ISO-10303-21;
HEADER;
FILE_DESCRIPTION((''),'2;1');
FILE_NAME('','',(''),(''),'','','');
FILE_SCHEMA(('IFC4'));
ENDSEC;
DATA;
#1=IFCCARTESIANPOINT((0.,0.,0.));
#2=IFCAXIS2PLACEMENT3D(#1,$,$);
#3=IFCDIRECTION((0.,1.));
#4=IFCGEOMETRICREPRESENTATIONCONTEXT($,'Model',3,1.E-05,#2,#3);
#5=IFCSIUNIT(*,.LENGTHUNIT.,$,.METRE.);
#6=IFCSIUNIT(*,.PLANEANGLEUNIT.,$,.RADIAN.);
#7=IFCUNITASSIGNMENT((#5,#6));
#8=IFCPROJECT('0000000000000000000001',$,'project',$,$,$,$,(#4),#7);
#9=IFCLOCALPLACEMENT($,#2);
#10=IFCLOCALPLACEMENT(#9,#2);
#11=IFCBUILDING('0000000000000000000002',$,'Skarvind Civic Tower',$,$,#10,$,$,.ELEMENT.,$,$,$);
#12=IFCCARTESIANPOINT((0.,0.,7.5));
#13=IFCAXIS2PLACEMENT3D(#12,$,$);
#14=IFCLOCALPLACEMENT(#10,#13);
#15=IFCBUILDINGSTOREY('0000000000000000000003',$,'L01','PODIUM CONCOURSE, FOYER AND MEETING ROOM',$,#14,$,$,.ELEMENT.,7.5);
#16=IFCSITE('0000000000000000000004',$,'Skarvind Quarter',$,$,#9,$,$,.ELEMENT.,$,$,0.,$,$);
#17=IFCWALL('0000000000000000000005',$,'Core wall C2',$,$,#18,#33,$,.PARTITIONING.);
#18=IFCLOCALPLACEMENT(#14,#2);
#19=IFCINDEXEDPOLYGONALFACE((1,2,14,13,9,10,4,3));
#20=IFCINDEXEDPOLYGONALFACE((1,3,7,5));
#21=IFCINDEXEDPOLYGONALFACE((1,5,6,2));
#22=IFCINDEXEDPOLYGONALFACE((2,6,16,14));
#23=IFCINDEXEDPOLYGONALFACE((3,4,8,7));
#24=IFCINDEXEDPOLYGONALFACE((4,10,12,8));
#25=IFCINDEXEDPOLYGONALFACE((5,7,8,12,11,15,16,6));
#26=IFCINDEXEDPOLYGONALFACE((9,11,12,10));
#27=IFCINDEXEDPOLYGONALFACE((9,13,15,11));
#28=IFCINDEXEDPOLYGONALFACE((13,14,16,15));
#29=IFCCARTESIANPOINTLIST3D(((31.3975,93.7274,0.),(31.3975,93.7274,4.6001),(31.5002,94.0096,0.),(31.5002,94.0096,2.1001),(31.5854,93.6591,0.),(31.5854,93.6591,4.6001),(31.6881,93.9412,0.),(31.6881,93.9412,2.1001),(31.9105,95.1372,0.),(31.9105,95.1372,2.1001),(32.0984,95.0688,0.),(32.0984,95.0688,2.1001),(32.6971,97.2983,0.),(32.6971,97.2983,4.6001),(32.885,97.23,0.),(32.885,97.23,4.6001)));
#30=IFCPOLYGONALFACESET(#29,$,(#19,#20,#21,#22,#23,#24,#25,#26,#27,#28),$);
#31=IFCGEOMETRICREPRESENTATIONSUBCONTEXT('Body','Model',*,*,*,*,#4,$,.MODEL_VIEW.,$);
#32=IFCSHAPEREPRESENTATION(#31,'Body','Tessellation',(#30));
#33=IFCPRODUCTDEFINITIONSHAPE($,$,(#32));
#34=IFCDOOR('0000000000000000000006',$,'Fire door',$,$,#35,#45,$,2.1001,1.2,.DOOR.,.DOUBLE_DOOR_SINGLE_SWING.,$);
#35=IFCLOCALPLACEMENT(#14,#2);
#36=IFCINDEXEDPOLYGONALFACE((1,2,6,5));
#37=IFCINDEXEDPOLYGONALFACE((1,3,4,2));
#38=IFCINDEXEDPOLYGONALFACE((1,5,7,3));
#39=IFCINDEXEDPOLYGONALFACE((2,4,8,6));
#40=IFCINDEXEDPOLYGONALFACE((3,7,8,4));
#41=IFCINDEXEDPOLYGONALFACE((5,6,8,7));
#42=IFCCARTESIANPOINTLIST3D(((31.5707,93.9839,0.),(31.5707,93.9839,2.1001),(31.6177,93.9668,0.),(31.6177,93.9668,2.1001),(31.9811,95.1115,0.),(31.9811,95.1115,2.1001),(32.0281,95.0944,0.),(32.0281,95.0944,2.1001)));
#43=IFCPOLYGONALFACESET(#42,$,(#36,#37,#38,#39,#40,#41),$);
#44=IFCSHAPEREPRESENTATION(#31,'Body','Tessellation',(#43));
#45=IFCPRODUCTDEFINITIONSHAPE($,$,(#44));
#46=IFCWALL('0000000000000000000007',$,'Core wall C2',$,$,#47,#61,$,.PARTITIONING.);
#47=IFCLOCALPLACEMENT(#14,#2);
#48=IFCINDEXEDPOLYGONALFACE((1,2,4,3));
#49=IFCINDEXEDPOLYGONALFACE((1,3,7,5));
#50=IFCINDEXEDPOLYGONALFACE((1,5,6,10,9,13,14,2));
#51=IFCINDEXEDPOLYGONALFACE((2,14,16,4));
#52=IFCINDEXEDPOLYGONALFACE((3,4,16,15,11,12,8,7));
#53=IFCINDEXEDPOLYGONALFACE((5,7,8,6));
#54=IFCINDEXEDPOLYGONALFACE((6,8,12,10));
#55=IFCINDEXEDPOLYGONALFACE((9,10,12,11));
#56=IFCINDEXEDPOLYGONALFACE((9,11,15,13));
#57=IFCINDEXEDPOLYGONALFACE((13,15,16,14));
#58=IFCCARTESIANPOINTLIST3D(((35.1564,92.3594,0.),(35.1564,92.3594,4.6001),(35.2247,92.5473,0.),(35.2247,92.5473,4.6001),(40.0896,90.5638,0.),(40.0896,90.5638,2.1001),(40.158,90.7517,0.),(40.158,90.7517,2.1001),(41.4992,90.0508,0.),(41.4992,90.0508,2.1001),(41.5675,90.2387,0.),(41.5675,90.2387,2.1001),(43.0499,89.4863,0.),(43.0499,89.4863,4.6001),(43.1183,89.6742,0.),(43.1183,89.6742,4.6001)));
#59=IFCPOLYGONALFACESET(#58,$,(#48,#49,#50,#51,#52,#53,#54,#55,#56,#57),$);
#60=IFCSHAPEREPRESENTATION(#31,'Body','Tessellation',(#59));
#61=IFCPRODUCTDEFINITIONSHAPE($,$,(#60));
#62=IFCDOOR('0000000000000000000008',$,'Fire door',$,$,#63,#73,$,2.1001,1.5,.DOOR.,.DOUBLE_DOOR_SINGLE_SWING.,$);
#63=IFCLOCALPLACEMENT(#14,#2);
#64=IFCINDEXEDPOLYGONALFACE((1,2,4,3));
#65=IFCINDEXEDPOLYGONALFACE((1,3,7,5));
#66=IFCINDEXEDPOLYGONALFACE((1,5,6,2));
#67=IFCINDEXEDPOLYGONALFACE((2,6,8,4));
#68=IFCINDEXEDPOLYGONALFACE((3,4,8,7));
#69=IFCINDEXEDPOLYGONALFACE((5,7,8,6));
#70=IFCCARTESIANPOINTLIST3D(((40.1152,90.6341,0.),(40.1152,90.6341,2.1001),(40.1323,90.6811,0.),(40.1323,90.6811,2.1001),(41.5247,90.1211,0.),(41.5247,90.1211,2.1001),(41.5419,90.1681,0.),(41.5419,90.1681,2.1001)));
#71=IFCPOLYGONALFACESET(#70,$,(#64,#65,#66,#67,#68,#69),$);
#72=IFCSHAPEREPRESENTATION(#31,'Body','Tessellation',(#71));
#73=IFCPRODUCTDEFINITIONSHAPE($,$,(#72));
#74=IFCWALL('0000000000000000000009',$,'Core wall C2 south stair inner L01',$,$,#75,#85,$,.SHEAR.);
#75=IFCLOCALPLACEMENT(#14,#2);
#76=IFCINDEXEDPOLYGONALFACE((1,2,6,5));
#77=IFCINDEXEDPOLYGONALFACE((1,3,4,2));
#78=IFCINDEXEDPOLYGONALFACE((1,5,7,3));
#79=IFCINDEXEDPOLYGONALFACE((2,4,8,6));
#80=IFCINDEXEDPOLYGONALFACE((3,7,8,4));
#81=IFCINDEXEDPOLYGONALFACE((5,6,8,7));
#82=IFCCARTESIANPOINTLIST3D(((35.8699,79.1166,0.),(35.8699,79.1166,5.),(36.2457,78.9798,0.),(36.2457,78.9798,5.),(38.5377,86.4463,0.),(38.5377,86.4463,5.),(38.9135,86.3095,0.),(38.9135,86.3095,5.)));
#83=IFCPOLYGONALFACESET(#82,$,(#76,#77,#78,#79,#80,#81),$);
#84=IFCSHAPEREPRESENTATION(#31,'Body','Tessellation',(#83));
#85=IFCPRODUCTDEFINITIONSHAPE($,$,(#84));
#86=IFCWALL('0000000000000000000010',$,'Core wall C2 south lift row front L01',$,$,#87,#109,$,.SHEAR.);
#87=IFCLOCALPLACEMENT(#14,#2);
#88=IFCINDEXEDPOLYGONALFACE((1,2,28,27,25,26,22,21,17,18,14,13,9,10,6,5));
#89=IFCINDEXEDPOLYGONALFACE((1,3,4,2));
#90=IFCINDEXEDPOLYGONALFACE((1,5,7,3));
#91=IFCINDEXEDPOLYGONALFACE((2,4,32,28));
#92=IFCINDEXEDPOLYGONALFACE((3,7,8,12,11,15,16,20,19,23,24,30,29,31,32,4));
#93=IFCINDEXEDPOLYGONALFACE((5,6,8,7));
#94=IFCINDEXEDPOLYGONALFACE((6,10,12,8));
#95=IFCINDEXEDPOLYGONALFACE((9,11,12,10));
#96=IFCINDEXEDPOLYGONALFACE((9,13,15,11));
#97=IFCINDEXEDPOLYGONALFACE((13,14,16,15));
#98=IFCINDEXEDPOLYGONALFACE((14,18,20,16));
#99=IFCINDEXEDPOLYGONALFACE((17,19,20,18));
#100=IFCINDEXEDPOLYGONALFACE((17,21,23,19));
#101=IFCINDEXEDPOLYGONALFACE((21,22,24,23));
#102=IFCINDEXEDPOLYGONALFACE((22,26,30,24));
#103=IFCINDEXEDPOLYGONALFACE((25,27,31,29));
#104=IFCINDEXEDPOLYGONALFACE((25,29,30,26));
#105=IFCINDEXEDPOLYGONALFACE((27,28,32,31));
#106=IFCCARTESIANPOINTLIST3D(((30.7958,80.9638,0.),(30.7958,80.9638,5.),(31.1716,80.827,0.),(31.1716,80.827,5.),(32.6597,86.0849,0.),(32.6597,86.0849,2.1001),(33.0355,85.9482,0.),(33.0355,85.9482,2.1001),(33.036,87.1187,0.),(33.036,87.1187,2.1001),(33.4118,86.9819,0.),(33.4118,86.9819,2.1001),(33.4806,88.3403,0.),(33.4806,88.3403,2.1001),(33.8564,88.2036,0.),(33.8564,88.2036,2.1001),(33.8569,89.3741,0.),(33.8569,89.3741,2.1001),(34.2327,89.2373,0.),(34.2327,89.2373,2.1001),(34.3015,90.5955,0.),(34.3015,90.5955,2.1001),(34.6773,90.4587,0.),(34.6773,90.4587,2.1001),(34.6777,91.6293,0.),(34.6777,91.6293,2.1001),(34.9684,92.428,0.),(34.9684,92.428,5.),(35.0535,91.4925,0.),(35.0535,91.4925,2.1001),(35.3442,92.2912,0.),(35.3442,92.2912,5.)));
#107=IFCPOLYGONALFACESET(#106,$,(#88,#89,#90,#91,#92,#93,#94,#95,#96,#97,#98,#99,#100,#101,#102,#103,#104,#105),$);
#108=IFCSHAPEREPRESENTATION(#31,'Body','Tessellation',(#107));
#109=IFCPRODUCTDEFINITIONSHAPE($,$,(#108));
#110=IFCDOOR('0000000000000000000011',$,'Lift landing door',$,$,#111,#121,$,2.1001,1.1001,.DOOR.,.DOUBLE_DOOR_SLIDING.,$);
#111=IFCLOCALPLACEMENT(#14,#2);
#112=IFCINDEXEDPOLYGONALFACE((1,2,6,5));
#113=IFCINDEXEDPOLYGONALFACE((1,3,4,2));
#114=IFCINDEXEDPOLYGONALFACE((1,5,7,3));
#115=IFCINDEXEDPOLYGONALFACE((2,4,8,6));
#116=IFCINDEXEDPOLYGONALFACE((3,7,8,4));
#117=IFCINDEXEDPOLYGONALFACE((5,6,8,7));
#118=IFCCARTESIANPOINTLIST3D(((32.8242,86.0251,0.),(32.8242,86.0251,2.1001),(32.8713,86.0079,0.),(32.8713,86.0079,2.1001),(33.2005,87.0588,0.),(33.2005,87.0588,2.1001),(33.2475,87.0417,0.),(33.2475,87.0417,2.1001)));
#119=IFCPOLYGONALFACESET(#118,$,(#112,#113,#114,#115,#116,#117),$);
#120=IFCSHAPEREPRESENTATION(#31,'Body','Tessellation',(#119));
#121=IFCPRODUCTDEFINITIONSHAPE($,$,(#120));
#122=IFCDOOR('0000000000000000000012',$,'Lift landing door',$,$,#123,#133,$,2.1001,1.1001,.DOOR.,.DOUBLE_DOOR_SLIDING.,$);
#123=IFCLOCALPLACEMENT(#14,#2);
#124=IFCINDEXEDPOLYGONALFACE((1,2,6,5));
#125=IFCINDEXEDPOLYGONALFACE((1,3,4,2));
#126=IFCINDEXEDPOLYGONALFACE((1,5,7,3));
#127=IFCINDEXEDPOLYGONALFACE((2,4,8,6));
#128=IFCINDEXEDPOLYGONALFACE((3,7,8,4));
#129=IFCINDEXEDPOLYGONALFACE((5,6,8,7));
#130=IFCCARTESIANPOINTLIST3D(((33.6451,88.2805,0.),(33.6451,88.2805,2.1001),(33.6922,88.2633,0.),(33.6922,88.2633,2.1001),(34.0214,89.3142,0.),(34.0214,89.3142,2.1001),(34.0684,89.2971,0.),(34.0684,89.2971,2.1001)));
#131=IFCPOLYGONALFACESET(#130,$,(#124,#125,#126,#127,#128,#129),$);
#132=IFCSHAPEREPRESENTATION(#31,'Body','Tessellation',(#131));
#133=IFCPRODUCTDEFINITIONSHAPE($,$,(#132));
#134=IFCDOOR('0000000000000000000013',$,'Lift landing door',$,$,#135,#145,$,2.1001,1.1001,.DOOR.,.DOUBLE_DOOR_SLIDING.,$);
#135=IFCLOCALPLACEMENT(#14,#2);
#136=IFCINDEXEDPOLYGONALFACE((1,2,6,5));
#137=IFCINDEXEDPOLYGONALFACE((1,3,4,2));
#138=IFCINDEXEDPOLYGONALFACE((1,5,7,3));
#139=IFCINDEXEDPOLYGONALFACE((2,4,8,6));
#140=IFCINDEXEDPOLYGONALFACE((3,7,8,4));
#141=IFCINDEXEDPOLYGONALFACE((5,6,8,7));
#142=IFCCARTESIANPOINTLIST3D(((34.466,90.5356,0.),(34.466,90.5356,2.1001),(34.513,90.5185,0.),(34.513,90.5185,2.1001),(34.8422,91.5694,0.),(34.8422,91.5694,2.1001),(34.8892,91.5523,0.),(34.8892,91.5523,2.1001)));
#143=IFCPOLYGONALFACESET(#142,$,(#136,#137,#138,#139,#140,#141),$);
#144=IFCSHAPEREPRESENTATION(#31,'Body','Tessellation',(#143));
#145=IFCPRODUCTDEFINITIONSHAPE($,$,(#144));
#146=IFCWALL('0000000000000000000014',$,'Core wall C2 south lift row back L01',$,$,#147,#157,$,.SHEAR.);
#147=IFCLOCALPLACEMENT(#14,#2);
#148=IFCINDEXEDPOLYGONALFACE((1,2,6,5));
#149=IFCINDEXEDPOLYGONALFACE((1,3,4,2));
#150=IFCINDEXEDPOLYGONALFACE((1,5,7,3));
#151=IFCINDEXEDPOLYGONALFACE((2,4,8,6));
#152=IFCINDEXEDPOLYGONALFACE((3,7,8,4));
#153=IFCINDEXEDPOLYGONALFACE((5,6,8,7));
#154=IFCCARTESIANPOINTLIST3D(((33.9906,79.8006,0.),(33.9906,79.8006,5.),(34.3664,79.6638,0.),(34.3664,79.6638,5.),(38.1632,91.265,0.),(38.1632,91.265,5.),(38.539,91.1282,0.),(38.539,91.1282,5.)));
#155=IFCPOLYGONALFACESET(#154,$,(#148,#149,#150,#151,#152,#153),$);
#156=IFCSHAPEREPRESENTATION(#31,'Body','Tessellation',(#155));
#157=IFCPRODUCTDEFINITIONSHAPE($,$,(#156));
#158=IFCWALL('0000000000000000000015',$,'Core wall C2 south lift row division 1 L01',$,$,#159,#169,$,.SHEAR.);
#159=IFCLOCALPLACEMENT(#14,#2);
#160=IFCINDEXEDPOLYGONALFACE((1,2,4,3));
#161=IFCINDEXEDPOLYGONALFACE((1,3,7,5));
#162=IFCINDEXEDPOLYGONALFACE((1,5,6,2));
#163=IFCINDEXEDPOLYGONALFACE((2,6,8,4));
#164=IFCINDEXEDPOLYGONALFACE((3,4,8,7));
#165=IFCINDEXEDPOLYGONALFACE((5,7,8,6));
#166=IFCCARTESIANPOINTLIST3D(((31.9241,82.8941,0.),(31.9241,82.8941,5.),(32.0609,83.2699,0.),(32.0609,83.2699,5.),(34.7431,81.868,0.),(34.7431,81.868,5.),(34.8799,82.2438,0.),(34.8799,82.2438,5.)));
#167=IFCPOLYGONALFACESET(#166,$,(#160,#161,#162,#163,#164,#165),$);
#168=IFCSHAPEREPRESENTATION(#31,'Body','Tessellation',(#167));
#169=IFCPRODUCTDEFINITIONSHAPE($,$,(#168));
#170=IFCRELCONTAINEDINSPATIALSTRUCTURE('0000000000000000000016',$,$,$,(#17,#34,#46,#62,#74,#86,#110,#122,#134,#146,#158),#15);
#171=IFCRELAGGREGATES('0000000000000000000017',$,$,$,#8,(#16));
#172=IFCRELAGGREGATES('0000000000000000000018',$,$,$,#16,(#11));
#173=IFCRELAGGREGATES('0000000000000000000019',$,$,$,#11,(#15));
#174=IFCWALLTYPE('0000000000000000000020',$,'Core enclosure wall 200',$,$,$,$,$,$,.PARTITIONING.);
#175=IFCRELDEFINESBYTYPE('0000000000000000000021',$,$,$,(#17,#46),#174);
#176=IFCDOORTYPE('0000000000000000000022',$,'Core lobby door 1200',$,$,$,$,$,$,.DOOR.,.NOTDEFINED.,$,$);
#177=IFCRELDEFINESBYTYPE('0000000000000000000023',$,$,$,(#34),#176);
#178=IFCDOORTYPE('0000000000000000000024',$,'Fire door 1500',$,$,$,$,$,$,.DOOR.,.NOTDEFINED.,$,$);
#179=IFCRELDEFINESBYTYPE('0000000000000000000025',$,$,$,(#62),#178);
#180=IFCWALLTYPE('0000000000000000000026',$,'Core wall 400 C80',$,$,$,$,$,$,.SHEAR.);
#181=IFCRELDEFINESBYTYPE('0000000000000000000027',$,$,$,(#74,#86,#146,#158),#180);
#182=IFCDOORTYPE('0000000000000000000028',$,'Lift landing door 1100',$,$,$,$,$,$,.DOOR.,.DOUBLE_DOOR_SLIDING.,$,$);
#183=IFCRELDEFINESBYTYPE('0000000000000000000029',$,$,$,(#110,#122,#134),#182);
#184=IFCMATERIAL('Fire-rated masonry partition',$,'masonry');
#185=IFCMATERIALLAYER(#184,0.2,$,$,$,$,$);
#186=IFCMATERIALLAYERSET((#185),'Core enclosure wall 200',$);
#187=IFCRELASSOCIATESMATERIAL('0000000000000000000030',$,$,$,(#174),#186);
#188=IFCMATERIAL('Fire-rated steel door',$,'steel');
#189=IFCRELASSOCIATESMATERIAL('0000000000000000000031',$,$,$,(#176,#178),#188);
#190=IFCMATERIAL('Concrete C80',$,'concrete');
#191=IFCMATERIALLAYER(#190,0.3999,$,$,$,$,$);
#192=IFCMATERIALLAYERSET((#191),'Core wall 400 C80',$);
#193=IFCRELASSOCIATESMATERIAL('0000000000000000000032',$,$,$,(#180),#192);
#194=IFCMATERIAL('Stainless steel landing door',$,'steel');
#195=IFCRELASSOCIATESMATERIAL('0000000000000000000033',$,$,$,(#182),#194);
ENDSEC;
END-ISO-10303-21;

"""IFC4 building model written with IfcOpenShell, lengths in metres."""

from ifc_helpers import new_model, si_unit, direction, frame, frame_2d, origin, place, context, subcontext, project, spatial, rectangle, extrude, material, layer, layer_set, type_object, element, fill, save


model = new_model("IFC4")

# Units and contexts
model_context = context("Model", 3, precision=1e-05, world=origin(), true_north=direction((0.0, 1.0)))
body_context = subcontext(model_context, "Body", "Model", "MODEL_VIEW")
ifc_project = project(units=[si_unit("LENGTHUNIT", "METRE"), si_unit("PLANEANGLEUNIT", "RADIAN")], contexts=[model_context])

# Site, building, storey
site_placement = place(None, origin())
site = spatial("IfcSite", under=ifc_project, at=site_placement, Name="Skarvind Quarter", CompositionType="ELEMENT", RefElevation=0.0)
building_placement = place(site_placement, origin())
building = spatial("IfcBuilding", under=site, at=building_placement, Name="Skarvind Civic Tower", CompositionType="ELEMENT")
storey_placement = place(building_placement, frame((0.0, 0.0, 7.5)))
storey = spatial("IfcBuildingStorey", under=building, at=storey_placement, Name="L01", Description="PODIUM CONCOURSE, FOYER AND MEETING ROOM", CompositionType="ELEMENT", Elevation=7.5)

# Walls, openings, doors
ifc_material_1 = material(Name="Fire-rated masonry partition", Category="masonry")
ifc_layer_1 = layer(ifc_material_1, 0.2)
ifc_layer_set_1 = layer_set([ifc_layer_1], Name="Core enclosure wall 200")
wall_type_1 = type_object("IfcWallType", Name="Core enclosure wall 200", PredefinedType="PARTITIONING", material=ifc_layer_set_1)
wall_1_placement = place(storey_placement, frame((31.4915, 93.6934, 0.0), z_axis=(0.0, 0.0, 1.0), x_axis=(0.341996, 0.939701, 0.0)))
wall_1 = element("IfcWall", 1, at=wall_1_placement, inside=storey, type_object=wall_type_1, Name="Core wall C2", PredefinedType="PARTITIONING", context=body_context, shape_type="SweptSolid", body=[
    extrude(rectangle(XDim=3.8, YDim=0.2, at=frame_2d((1.8999, 0.0))), origin(), (0.0, 0.0, 1.0), 4.6001),
])
opening_1_placement = place(wall_1_placement, frame((0.3, 0.0, 0.0)))
opening_1 = element("IfcOpeningElement", 2, at=opening_1_placement, cuts=wall_1, PredefinedType="OPENING", context=body_context, shape_type="SweptSolid", body=[
    extrude(rectangle(XDim=1.2, YDim=2.1001, at=frame_2d((0.6001, 1.05))), frame((0.0, 0.1099, 0.0), z_axis=(0.0, -1.0, 0.0), x_axis=(1.0, 0.0, 0.0)), (0.0, 0.0, 1.0), 0.22),
])
ifc_material_2 = material(Name="Fire-rated steel door", Category="steel")
door_type_1 = type_object("IfcDoorType", Name="Core lobby door 1200", OperationType="NOTDEFINED", PredefinedType="DOOR", material=ifc_material_2)
door_1_placement = place(opening_1_placement, origin())
door_1 = element("IfcDoor", 3, at=door_1_placement, inside=storey, type_object=door_type_1, Name="Fire door", OperationType="DOUBLE_DOOR_SINGLE_SWING", OverallHeight=2.1001, OverallWidth=1.2, PredefinedType="DOOR", context=body_context, shape_type="SweptSolid", body=[
    extrude(rectangle(XDim=1.2, YDim=2.1001, at=frame_2d((0.6001, 1.05))), frame((0.0, 0.0249, 0.0), z_axis=(0.0, -1.0, 0.0), x_axis=(1.0, 0.0, 0.0)), (0.0, 0.0, 1.0), 0.05),
])
fill(opening_1, door_1)
wall_2_placement = place(storey_placement, frame((35.1904, 92.4534, 0.0), z_axis=(0.0, 0.0, 1.0), x_axis=(0.939692, -0.342023, 0.0)))
wall_2 = element("IfcWall", 4, at=wall_2_placement, inside=storey, type_object=wall_type_1, Name="Core wall C2", PredefinedType="PARTITIONING", context=body_context, shape_type="SweptSolid", body=[
    extrude(rectangle(XDim=8.4001, YDim=0.2, at=frame_2d((4.2002, 0.0))), origin(), (0.0, 0.0, 1.0), 4.6001),
])
opening_2_placement = place(wall_2_placement, frame((5.25, 0.0, 0.0)))
opening_2 = element("IfcOpeningElement", 5, at=opening_2_placement, cuts=wall_2, PredefinedType="OPENING", context=body_context, shape_type="SweptSolid", body=[
    extrude(rectangle(XDim=1.5, YDim=2.1001, at=frame_2d((0.75, 1.05))), frame((0.0, 0.1099, 0.0), z_axis=(0.0, -1.0, 0.0), x_axis=(1.0, 0.0, 0.0)), (0.0, 0.0, 1.0), 0.22),
])
door_type_2 = type_object("IfcDoorType", Name="Fire door 1500", OperationType="NOTDEFINED", PredefinedType="DOOR", material=ifc_material_2)
door_2_placement = place(opening_2_placement, origin())
door_2 = element("IfcDoor", 6, at=door_2_placement, inside=storey, type_object=door_type_2, Name="Fire door", OperationType="DOUBLE_DOOR_SINGLE_SWING", OverallHeight=2.1001, OverallWidth=1.5, PredefinedType="DOOR", context=body_context, shape_type="SweptSolid", body=[
    extrude(rectangle(XDim=1.5, YDim=2.1001, at=frame_2d((0.75, 1.05))), frame((0.0, 0.0249, 0.0), z_axis=(0.0, -1.0, 0.0), x_axis=(1.0, 0.0, 0.0)), (0.0, 0.0, 1.0), 0.05),
])
fill(opening_2, door_2)

# Wall
ifc_material_3 = material(Name="Concrete C80", Category="concrete")
ifc_layer_2 = layer(ifc_material_3, 0.3999)
ifc_layer_set_2 = layer_set([ifc_layer_2], Name="Core wall 400 C80")
wall_type_2 = type_object("IfcWallType", Name="Core wall 400 C80", PredefinedType="SHEAR", material=ifc_layer_set_2)
wall_3_placement = place(storey_placement, frame((36.0579, 79.0483, 0.0), z_axis=(0.0, 0.0, 1.0), x_axis=(0.342017, 0.939694, 0.0)))
element("IfcWall", 7, at=wall_3_placement, inside=storey, type_object=wall_type_2, Name="Core wall C2 south stair inner L01", PredefinedType="SHEAR", context=body_context, shape_type="SweptSolid", body=[
    extrude(rectangle(XDim=7.8, YDim=0.3999, at=frame_2d((3.8999, 0.0))), origin(), (0.0, 0.0, 1.0), 5.0),
])

# Wall, openings, doors
wall_4_placement = place(storey_placement, frame((30.9836, 80.8953, 0.0), z_axis=(0.0, 0.0, 1.0), x_axis=(0.342021, 0.939692, 0.0)))
wall_4 = element("IfcWall", 8, at=wall_4_placement, inside=storey, type_object=wall_type_2, Name="Core wall C2 south lift row front L01", PredefinedType="SHEAR", context=body_context, shape_type="SweptSolid", body=[
    extrude(rectangle(XDim=12.2, YDim=0.3999, at=frame_2d((6.1001, 0.0))), origin(), (0.0, 0.0, 1.0), 5.0),
])
opening_3_placement = place(wall_4_placement, frame((5.45, 0.0, 0.0)))
opening_3 = element("IfcOpeningElement", 9, at=opening_3_placement, cuts=wall_4, PredefinedType="OPENING", context=body_context, shape_type="SweptSolid", body=[
    extrude(rectangle(XDim=1.1001, YDim=2.1001, at=frame_2d((0.55, 1.05))), frame((0.0, 0.21, 0.0), z_axis=(0.0, -1.0, 0.0), x_axis=(1.0, 0.0, 0.0)), (0.0, 0.0, 1.0), 0.4199),
])
opening_4_placement = place(wall_4_placement, frame((7.8501, 0.0, 0.0)))
opening_4 = element("IfcOpeningElement", 10, at=opening_4_placement, cuts=wall_4, PredefinedType="OPENING", context=body_context, shape_type="SweptSolid", body=[
    extrude(rectangle(XDim=1.1001, YDim=2.1001, at=frame_2d((0.55, 1.05))), frame((0.0, 0.21, 0.0), z_axis=(0.0, -1.0, 0.0), x_axis=(1.0, 0.0, 0.0)), (0.0, 0.0, 1.0), 0.4199),
])
opening_5_placement = place(wall_4_placement, frame((10.25, 0.0, 0.0)))
opening_5 = element("IfcOpeningElement", 11, at=opening_5_placement, cuts=wall_4, PredefinedType="OPENING", context=body_context, shape_type="SweptSolid", body=[
    extrude(rectangle(XDim=1.1001, YDim=2.1001, at=frame_2d((0.55, 1.05))), frame((0.0, 0.21, 0.0), z_axis=(0.0, -1.0, 0.0), x_axis=(1.0, 0.0, 0.0)), (0.0, 0.0, 1.0), 0.4199),
])
ifc_material_4 = material(Name="Stainless steel landing door", Category="steel")
door_type_3 = type_object("IfcDoorType", Name="Lift landing door 1100", OperationType="DOUBLE_DOOR_SLIDING", PredefinedType="DOOR", material=ifc_material_4)
door_3_placement = place(opening_3_placement, origin())
door_3 = element("IfcDoor", 12, at=door_3_placement, inside=storey, type_object=door_type_3, Name="Lift landing door", OperationType="DOUBLE_DOOR_SLIDING", OverallHeight=2.1001, OverallWidth=1.1001, PredefinedType="DOOR", context=body_context, shape_type="SweptSolid", body=[
    extrude(rectangle(XDim=1.1001, YDim=2.1001, at=frame_2d((0.55, 1.05))), frame((0.0, 0.0249, 0.0), z_axis=(0.0, -1.0, 0.0), x_axis=(1.0, 0.0, 0.0)), (0.0, 0.0, 1.0), 0.05),
])
fill(opening_3, door_3)
door_4_placement = place(opening_4_placement, origin())
door_4 = element("IfcDoor", 13, at=door_4_placement, inside=storey, type_object=door_type_3, Name="Lift landing door", OperationType="DOUBLE_DOOR_SLIDING", OverallHeight=2.1001, OverallWidth=1.1001, PredefinedType="DOOR", context=body_context, shape_type="SweptSolid", body=[
    extrude(rectangle(XDim=1.1001, YDim=2.1001, at=frame_2d((0.55, 1.05))), frame((0.0, 0.0249, 0.0), z_axis=(0.0, -1.0, 0.0), x_axis=(1.0, 0.0, 0.0)), (0.0, 0.0, 1.0), 0.05),
])
fill(opening_4, door_4)
door_5_placement = place(opening_5_placement, origin())
door_5 = element("IfcDoor", 14, at=door_5_placement, inside=storey, type_object=door_type_3, Name="Lift landing door", OperationType="DOUBLE_DOOR_SLIDING", OverallHeight=2.1001, OverallWidth=1.1001, PredefinedType="DOOR", context=body_context, shape_type="SweptSolid", body=[
    extrude(rectangle(XDim=1.1001, YDim=2.1001, at=frame_2d((0.55, 1.05))), frame((0.0, 0.0249, 0.0), z_axis=(0.0, -1.0, 0.0), x_axis=(1.0, 0.0, 0.0)), (0.0, 0.0, 1.0), 0.05),
])
fill(opening_5, door_5)

# Walls
wall_5_placement = place(storey_placement, frame((34.1785, 79.7322, 0.0), z_axis=(0.0, 0.0, 1.0), x_axis=(0.342015, 0.939695, 0.0)))
element("IfcWall", 15, at=wall_5_placement, inside=storey, type_object=wall_type_2, Name="Core wall C2 south lift row back L01", PredefinedType="SHEAR", context=body_context, shape_type="SweptSolid", body=[
    extrude(rectangle(XDim=12.2002, YDim=0.3999, at=frame_2d((6.1001, 0.0))), origin(), (0.0, 0.0, 1.0), 5.0),
])
for number, where, z_axis, x_axis, name in (
    (16, (34.8115, 82.0559, 0.0), (0.0, 0.0, 1.0), (-0.939686, 0.342037, 0.0), "Core wall C2 south lift row division 1 L01"),
):
    element("IfcWall", number, at=place(storey_placement, frame(where, z_axis=z_axis, x_axis=x_axis)), inside=storey, type_object=wall_type_2, Name=name, PredefinedType="SHEAR", context=body_context, shape_type="SweptSolid", body=[
        extrude(rectangle(XDim=3.0, YDim=0.3999, at=frame_2d((1.5, 0.0))), origin(), (0.0, 0.0, 1.0), 5.0),
    ])

save(model, "model.ifc")
